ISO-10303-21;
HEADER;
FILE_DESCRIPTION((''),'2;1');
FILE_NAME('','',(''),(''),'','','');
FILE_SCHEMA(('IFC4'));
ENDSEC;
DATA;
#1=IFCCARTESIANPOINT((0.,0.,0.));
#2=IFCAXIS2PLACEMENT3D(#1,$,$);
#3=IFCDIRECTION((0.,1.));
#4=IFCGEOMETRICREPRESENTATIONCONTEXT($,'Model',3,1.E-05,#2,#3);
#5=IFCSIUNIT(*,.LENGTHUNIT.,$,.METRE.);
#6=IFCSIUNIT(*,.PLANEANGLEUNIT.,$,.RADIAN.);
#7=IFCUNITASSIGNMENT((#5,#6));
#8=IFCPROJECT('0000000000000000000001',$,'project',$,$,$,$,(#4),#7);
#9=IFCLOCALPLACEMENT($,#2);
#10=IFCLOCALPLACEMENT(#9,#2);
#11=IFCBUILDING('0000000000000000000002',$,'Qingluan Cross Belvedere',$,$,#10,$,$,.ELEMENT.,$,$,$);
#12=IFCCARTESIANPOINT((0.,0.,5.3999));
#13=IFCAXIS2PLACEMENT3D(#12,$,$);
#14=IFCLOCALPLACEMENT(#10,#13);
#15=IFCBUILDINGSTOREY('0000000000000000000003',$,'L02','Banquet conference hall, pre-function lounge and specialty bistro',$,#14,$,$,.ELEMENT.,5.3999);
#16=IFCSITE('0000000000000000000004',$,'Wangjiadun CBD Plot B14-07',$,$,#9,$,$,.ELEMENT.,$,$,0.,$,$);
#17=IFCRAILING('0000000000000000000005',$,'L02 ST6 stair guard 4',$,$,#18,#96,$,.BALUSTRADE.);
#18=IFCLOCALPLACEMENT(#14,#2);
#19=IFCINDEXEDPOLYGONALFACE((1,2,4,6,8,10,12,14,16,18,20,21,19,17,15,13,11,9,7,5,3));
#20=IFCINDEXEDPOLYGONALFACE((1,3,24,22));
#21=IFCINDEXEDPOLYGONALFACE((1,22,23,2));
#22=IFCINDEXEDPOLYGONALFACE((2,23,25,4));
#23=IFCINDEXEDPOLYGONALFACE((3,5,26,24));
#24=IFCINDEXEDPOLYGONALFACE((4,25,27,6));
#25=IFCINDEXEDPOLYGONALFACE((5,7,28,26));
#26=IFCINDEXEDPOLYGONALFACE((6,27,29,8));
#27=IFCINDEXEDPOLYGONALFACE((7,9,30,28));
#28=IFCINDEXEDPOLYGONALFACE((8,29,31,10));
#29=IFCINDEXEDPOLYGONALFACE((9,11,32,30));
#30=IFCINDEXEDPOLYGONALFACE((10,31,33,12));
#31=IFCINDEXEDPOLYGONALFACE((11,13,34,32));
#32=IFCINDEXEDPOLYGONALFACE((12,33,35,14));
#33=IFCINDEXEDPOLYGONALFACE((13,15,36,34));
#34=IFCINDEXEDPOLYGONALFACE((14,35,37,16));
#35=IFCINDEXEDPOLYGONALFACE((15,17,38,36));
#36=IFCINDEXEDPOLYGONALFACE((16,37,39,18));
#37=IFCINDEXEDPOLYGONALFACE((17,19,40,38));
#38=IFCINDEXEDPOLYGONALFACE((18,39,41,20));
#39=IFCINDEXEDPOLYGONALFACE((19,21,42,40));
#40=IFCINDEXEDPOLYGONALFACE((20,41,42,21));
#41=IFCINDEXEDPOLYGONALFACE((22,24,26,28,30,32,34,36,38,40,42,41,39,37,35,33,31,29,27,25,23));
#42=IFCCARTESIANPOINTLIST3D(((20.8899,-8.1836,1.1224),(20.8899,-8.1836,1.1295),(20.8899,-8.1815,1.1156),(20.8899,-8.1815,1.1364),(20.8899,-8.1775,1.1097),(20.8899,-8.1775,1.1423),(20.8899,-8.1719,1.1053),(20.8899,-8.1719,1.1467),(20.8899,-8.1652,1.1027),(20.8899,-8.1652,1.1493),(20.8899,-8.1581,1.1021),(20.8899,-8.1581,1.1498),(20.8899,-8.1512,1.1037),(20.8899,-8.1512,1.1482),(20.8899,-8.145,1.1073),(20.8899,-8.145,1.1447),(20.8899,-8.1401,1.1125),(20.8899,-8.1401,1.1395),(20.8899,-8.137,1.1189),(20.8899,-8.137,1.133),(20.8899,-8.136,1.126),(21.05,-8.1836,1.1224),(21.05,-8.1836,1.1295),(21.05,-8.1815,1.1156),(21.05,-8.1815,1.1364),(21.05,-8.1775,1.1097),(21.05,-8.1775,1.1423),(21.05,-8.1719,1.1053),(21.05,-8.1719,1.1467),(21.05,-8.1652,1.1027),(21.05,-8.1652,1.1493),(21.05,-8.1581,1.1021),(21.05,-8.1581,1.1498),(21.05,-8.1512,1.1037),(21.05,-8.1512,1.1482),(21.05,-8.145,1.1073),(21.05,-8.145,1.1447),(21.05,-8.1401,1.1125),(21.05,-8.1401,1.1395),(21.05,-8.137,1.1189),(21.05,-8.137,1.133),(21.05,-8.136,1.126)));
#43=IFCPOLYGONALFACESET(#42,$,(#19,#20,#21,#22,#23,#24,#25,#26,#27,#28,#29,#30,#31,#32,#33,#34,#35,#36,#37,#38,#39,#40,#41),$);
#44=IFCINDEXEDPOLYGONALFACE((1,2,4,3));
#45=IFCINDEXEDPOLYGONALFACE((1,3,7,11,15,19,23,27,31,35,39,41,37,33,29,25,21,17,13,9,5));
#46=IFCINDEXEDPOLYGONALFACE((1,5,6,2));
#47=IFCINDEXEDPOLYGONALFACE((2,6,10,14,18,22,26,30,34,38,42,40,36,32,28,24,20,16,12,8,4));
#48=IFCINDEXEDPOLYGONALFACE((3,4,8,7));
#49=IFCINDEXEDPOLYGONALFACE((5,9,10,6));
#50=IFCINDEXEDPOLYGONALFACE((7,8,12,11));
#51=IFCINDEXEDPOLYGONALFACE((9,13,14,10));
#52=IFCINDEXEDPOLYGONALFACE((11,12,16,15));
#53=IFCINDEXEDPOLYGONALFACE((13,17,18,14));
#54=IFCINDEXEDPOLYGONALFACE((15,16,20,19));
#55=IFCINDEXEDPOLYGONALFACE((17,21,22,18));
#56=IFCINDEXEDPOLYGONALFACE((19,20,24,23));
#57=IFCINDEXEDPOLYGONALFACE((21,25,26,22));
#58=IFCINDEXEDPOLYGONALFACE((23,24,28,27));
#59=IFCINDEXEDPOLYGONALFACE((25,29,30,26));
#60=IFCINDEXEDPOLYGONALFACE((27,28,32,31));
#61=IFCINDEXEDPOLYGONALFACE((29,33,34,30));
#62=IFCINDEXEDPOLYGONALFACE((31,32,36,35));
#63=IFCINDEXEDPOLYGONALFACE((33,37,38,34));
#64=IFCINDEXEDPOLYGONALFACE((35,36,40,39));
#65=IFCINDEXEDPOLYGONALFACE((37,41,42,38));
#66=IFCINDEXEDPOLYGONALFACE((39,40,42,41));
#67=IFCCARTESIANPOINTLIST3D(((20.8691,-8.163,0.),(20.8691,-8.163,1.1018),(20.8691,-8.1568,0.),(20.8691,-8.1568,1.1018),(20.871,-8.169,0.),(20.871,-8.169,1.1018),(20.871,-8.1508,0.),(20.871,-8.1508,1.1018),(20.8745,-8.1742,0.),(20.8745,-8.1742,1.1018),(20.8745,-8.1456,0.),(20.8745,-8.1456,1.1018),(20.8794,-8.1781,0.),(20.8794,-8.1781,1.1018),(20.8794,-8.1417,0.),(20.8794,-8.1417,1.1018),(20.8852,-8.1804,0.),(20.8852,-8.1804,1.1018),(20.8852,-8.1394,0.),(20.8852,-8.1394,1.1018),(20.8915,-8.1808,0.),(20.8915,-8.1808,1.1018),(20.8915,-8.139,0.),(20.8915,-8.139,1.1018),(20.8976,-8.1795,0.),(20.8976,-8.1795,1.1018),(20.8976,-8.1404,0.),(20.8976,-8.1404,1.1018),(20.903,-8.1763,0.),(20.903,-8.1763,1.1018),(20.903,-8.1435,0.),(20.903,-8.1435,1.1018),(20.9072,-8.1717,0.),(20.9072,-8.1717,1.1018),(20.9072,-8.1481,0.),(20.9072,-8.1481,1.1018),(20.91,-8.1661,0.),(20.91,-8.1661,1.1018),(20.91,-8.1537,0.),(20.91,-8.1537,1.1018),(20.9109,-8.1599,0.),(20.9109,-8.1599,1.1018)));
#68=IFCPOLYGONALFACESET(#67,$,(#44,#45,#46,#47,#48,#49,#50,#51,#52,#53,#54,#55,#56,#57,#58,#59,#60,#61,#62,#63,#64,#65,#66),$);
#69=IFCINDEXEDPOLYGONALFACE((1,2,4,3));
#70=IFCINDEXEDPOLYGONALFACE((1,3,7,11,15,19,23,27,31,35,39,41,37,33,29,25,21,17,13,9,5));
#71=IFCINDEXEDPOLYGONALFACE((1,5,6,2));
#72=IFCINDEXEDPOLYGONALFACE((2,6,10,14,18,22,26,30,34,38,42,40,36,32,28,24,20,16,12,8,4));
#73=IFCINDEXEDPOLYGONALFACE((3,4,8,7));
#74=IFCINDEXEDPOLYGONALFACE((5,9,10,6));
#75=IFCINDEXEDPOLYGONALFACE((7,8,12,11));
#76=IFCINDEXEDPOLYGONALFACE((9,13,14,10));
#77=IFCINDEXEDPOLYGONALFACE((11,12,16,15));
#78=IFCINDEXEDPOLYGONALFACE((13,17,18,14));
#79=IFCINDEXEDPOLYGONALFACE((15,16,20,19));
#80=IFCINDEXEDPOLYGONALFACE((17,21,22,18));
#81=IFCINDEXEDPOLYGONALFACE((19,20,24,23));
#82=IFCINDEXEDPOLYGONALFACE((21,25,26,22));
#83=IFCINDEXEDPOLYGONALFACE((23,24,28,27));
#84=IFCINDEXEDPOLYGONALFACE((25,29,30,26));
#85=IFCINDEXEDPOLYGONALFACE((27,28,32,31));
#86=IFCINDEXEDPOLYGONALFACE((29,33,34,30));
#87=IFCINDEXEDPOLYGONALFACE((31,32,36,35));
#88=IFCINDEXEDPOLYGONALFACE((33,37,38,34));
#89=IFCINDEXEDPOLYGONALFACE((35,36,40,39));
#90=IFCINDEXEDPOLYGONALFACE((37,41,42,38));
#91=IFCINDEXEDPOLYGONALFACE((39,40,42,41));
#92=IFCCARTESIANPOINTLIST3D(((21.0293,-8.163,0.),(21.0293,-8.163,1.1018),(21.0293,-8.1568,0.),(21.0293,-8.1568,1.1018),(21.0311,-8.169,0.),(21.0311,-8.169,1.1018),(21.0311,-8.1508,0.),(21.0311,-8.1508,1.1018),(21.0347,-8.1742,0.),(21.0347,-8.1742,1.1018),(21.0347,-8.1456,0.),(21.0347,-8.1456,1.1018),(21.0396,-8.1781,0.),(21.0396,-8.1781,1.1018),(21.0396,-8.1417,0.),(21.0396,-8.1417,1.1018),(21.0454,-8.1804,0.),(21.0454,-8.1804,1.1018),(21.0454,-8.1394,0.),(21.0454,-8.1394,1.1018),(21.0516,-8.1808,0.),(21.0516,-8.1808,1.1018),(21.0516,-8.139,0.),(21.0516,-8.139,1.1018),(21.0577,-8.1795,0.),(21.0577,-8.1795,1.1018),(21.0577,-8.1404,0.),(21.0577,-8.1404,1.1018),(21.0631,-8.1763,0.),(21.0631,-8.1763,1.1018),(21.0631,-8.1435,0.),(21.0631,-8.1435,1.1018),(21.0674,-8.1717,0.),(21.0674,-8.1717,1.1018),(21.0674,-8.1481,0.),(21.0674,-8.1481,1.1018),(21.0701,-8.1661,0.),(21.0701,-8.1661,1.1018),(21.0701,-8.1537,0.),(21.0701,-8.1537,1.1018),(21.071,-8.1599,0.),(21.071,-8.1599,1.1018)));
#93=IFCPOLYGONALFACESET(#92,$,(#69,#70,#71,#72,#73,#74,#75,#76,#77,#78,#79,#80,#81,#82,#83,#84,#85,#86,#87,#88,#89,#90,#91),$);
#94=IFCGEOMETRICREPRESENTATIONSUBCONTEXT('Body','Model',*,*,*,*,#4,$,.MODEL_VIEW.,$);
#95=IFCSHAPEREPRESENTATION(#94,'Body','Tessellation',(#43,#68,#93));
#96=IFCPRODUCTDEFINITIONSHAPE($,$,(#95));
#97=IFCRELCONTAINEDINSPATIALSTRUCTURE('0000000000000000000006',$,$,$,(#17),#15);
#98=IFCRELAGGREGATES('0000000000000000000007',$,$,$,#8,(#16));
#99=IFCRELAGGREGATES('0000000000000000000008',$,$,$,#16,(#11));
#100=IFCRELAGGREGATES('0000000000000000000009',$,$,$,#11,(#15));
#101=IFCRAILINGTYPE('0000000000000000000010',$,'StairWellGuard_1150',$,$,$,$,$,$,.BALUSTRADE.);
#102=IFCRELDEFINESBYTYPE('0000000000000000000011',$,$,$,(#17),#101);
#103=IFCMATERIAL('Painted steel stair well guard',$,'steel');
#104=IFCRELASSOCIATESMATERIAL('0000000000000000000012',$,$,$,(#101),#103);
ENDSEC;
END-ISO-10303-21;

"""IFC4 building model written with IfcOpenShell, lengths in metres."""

from ifc_helpers import new_model, si_unit, direction, frame, origin, origin_2d, place, context, subcontext, project, spatial, circle, extrude, material, type_object, element, save


model = new_model("IFC4")

# Units and contexts
model_context = context("Model", 3, precision=1e-05, world=origin(), true_north=direction((0.0, 1.0)))
body_context = subcontext(model_context, "Body", "Model", "MODEL_VIEW")
ifc_project = project(units=[si_unit("LENGTHUNIT", "METRE"), si_unit("PLANEANGLEUNIT", "RADIAN")], contexts=[model_context])

# Site, building, storey
site_placement = place(None, origin())
site = spatial("IfcSite", under=ifc_project, at=site_placement, Name="Wangjiadun CBD Plot B14-07", CompositionType="ELEMENT", RefElevation=0.0)
building_placement = place(site_placement, origin())
building = spatial("IfcBuilding", under=site, at=building_placement, Name="Qingluan Cross Belvedere", CompositionType="ELEMENT")
storey_placement = place(building_placement, frame((0.0, 0.0, 5.3999)))
storey = spatial("IfcBuildingStorey", under=building, at=storey_placement, Name="L02", Description="Banquet conference hall, pre-function lounge and specialty bistro", CompositionType="ELEMENT", Elevation=5.3999)

# Railing
ifc_material_1 = material(Name="Painted steel stair well guard", Category="steel")
railing_type_1 = type_object("IfcRailingType", Name="StairWellGuard_1150", PredefinedType="BALUSTRADE", material=ifc_material_1)
railing_1_placement = place(storey_placement, frame((20.8899, -8.1599, 0.0)))
element("IfcRailing", 1, at=railing_1_placement, inside=storey, type_object=railing_type_1, Name="L02 ST6 stair guard 4", PredefinedType="BALUSTRADE", context=body_context, shape_type="SweptSolid", body=[
    extrude(circle(Radius=0.0239, at=origin_2d()), frame((0.0, 0.0, 1.126), z_axis=(1.0, 0.0, 0.0), x_axis=(0.0, 1.0, 0.0)), (0.0, 0.0, 1.0), 0.1602),
    extrude(circle(Radius=0.021, at=origin_2d()), origin(), (0.0, 0.0, 1.0), 1.1018),
    extrude(circle(Radius=0.021, at=origin_2d()), frame((0.1602, 0.0, 0.0)), (0.0, 0.0, 1.0), 1.1018),
])

save(model, "model.ifc")
